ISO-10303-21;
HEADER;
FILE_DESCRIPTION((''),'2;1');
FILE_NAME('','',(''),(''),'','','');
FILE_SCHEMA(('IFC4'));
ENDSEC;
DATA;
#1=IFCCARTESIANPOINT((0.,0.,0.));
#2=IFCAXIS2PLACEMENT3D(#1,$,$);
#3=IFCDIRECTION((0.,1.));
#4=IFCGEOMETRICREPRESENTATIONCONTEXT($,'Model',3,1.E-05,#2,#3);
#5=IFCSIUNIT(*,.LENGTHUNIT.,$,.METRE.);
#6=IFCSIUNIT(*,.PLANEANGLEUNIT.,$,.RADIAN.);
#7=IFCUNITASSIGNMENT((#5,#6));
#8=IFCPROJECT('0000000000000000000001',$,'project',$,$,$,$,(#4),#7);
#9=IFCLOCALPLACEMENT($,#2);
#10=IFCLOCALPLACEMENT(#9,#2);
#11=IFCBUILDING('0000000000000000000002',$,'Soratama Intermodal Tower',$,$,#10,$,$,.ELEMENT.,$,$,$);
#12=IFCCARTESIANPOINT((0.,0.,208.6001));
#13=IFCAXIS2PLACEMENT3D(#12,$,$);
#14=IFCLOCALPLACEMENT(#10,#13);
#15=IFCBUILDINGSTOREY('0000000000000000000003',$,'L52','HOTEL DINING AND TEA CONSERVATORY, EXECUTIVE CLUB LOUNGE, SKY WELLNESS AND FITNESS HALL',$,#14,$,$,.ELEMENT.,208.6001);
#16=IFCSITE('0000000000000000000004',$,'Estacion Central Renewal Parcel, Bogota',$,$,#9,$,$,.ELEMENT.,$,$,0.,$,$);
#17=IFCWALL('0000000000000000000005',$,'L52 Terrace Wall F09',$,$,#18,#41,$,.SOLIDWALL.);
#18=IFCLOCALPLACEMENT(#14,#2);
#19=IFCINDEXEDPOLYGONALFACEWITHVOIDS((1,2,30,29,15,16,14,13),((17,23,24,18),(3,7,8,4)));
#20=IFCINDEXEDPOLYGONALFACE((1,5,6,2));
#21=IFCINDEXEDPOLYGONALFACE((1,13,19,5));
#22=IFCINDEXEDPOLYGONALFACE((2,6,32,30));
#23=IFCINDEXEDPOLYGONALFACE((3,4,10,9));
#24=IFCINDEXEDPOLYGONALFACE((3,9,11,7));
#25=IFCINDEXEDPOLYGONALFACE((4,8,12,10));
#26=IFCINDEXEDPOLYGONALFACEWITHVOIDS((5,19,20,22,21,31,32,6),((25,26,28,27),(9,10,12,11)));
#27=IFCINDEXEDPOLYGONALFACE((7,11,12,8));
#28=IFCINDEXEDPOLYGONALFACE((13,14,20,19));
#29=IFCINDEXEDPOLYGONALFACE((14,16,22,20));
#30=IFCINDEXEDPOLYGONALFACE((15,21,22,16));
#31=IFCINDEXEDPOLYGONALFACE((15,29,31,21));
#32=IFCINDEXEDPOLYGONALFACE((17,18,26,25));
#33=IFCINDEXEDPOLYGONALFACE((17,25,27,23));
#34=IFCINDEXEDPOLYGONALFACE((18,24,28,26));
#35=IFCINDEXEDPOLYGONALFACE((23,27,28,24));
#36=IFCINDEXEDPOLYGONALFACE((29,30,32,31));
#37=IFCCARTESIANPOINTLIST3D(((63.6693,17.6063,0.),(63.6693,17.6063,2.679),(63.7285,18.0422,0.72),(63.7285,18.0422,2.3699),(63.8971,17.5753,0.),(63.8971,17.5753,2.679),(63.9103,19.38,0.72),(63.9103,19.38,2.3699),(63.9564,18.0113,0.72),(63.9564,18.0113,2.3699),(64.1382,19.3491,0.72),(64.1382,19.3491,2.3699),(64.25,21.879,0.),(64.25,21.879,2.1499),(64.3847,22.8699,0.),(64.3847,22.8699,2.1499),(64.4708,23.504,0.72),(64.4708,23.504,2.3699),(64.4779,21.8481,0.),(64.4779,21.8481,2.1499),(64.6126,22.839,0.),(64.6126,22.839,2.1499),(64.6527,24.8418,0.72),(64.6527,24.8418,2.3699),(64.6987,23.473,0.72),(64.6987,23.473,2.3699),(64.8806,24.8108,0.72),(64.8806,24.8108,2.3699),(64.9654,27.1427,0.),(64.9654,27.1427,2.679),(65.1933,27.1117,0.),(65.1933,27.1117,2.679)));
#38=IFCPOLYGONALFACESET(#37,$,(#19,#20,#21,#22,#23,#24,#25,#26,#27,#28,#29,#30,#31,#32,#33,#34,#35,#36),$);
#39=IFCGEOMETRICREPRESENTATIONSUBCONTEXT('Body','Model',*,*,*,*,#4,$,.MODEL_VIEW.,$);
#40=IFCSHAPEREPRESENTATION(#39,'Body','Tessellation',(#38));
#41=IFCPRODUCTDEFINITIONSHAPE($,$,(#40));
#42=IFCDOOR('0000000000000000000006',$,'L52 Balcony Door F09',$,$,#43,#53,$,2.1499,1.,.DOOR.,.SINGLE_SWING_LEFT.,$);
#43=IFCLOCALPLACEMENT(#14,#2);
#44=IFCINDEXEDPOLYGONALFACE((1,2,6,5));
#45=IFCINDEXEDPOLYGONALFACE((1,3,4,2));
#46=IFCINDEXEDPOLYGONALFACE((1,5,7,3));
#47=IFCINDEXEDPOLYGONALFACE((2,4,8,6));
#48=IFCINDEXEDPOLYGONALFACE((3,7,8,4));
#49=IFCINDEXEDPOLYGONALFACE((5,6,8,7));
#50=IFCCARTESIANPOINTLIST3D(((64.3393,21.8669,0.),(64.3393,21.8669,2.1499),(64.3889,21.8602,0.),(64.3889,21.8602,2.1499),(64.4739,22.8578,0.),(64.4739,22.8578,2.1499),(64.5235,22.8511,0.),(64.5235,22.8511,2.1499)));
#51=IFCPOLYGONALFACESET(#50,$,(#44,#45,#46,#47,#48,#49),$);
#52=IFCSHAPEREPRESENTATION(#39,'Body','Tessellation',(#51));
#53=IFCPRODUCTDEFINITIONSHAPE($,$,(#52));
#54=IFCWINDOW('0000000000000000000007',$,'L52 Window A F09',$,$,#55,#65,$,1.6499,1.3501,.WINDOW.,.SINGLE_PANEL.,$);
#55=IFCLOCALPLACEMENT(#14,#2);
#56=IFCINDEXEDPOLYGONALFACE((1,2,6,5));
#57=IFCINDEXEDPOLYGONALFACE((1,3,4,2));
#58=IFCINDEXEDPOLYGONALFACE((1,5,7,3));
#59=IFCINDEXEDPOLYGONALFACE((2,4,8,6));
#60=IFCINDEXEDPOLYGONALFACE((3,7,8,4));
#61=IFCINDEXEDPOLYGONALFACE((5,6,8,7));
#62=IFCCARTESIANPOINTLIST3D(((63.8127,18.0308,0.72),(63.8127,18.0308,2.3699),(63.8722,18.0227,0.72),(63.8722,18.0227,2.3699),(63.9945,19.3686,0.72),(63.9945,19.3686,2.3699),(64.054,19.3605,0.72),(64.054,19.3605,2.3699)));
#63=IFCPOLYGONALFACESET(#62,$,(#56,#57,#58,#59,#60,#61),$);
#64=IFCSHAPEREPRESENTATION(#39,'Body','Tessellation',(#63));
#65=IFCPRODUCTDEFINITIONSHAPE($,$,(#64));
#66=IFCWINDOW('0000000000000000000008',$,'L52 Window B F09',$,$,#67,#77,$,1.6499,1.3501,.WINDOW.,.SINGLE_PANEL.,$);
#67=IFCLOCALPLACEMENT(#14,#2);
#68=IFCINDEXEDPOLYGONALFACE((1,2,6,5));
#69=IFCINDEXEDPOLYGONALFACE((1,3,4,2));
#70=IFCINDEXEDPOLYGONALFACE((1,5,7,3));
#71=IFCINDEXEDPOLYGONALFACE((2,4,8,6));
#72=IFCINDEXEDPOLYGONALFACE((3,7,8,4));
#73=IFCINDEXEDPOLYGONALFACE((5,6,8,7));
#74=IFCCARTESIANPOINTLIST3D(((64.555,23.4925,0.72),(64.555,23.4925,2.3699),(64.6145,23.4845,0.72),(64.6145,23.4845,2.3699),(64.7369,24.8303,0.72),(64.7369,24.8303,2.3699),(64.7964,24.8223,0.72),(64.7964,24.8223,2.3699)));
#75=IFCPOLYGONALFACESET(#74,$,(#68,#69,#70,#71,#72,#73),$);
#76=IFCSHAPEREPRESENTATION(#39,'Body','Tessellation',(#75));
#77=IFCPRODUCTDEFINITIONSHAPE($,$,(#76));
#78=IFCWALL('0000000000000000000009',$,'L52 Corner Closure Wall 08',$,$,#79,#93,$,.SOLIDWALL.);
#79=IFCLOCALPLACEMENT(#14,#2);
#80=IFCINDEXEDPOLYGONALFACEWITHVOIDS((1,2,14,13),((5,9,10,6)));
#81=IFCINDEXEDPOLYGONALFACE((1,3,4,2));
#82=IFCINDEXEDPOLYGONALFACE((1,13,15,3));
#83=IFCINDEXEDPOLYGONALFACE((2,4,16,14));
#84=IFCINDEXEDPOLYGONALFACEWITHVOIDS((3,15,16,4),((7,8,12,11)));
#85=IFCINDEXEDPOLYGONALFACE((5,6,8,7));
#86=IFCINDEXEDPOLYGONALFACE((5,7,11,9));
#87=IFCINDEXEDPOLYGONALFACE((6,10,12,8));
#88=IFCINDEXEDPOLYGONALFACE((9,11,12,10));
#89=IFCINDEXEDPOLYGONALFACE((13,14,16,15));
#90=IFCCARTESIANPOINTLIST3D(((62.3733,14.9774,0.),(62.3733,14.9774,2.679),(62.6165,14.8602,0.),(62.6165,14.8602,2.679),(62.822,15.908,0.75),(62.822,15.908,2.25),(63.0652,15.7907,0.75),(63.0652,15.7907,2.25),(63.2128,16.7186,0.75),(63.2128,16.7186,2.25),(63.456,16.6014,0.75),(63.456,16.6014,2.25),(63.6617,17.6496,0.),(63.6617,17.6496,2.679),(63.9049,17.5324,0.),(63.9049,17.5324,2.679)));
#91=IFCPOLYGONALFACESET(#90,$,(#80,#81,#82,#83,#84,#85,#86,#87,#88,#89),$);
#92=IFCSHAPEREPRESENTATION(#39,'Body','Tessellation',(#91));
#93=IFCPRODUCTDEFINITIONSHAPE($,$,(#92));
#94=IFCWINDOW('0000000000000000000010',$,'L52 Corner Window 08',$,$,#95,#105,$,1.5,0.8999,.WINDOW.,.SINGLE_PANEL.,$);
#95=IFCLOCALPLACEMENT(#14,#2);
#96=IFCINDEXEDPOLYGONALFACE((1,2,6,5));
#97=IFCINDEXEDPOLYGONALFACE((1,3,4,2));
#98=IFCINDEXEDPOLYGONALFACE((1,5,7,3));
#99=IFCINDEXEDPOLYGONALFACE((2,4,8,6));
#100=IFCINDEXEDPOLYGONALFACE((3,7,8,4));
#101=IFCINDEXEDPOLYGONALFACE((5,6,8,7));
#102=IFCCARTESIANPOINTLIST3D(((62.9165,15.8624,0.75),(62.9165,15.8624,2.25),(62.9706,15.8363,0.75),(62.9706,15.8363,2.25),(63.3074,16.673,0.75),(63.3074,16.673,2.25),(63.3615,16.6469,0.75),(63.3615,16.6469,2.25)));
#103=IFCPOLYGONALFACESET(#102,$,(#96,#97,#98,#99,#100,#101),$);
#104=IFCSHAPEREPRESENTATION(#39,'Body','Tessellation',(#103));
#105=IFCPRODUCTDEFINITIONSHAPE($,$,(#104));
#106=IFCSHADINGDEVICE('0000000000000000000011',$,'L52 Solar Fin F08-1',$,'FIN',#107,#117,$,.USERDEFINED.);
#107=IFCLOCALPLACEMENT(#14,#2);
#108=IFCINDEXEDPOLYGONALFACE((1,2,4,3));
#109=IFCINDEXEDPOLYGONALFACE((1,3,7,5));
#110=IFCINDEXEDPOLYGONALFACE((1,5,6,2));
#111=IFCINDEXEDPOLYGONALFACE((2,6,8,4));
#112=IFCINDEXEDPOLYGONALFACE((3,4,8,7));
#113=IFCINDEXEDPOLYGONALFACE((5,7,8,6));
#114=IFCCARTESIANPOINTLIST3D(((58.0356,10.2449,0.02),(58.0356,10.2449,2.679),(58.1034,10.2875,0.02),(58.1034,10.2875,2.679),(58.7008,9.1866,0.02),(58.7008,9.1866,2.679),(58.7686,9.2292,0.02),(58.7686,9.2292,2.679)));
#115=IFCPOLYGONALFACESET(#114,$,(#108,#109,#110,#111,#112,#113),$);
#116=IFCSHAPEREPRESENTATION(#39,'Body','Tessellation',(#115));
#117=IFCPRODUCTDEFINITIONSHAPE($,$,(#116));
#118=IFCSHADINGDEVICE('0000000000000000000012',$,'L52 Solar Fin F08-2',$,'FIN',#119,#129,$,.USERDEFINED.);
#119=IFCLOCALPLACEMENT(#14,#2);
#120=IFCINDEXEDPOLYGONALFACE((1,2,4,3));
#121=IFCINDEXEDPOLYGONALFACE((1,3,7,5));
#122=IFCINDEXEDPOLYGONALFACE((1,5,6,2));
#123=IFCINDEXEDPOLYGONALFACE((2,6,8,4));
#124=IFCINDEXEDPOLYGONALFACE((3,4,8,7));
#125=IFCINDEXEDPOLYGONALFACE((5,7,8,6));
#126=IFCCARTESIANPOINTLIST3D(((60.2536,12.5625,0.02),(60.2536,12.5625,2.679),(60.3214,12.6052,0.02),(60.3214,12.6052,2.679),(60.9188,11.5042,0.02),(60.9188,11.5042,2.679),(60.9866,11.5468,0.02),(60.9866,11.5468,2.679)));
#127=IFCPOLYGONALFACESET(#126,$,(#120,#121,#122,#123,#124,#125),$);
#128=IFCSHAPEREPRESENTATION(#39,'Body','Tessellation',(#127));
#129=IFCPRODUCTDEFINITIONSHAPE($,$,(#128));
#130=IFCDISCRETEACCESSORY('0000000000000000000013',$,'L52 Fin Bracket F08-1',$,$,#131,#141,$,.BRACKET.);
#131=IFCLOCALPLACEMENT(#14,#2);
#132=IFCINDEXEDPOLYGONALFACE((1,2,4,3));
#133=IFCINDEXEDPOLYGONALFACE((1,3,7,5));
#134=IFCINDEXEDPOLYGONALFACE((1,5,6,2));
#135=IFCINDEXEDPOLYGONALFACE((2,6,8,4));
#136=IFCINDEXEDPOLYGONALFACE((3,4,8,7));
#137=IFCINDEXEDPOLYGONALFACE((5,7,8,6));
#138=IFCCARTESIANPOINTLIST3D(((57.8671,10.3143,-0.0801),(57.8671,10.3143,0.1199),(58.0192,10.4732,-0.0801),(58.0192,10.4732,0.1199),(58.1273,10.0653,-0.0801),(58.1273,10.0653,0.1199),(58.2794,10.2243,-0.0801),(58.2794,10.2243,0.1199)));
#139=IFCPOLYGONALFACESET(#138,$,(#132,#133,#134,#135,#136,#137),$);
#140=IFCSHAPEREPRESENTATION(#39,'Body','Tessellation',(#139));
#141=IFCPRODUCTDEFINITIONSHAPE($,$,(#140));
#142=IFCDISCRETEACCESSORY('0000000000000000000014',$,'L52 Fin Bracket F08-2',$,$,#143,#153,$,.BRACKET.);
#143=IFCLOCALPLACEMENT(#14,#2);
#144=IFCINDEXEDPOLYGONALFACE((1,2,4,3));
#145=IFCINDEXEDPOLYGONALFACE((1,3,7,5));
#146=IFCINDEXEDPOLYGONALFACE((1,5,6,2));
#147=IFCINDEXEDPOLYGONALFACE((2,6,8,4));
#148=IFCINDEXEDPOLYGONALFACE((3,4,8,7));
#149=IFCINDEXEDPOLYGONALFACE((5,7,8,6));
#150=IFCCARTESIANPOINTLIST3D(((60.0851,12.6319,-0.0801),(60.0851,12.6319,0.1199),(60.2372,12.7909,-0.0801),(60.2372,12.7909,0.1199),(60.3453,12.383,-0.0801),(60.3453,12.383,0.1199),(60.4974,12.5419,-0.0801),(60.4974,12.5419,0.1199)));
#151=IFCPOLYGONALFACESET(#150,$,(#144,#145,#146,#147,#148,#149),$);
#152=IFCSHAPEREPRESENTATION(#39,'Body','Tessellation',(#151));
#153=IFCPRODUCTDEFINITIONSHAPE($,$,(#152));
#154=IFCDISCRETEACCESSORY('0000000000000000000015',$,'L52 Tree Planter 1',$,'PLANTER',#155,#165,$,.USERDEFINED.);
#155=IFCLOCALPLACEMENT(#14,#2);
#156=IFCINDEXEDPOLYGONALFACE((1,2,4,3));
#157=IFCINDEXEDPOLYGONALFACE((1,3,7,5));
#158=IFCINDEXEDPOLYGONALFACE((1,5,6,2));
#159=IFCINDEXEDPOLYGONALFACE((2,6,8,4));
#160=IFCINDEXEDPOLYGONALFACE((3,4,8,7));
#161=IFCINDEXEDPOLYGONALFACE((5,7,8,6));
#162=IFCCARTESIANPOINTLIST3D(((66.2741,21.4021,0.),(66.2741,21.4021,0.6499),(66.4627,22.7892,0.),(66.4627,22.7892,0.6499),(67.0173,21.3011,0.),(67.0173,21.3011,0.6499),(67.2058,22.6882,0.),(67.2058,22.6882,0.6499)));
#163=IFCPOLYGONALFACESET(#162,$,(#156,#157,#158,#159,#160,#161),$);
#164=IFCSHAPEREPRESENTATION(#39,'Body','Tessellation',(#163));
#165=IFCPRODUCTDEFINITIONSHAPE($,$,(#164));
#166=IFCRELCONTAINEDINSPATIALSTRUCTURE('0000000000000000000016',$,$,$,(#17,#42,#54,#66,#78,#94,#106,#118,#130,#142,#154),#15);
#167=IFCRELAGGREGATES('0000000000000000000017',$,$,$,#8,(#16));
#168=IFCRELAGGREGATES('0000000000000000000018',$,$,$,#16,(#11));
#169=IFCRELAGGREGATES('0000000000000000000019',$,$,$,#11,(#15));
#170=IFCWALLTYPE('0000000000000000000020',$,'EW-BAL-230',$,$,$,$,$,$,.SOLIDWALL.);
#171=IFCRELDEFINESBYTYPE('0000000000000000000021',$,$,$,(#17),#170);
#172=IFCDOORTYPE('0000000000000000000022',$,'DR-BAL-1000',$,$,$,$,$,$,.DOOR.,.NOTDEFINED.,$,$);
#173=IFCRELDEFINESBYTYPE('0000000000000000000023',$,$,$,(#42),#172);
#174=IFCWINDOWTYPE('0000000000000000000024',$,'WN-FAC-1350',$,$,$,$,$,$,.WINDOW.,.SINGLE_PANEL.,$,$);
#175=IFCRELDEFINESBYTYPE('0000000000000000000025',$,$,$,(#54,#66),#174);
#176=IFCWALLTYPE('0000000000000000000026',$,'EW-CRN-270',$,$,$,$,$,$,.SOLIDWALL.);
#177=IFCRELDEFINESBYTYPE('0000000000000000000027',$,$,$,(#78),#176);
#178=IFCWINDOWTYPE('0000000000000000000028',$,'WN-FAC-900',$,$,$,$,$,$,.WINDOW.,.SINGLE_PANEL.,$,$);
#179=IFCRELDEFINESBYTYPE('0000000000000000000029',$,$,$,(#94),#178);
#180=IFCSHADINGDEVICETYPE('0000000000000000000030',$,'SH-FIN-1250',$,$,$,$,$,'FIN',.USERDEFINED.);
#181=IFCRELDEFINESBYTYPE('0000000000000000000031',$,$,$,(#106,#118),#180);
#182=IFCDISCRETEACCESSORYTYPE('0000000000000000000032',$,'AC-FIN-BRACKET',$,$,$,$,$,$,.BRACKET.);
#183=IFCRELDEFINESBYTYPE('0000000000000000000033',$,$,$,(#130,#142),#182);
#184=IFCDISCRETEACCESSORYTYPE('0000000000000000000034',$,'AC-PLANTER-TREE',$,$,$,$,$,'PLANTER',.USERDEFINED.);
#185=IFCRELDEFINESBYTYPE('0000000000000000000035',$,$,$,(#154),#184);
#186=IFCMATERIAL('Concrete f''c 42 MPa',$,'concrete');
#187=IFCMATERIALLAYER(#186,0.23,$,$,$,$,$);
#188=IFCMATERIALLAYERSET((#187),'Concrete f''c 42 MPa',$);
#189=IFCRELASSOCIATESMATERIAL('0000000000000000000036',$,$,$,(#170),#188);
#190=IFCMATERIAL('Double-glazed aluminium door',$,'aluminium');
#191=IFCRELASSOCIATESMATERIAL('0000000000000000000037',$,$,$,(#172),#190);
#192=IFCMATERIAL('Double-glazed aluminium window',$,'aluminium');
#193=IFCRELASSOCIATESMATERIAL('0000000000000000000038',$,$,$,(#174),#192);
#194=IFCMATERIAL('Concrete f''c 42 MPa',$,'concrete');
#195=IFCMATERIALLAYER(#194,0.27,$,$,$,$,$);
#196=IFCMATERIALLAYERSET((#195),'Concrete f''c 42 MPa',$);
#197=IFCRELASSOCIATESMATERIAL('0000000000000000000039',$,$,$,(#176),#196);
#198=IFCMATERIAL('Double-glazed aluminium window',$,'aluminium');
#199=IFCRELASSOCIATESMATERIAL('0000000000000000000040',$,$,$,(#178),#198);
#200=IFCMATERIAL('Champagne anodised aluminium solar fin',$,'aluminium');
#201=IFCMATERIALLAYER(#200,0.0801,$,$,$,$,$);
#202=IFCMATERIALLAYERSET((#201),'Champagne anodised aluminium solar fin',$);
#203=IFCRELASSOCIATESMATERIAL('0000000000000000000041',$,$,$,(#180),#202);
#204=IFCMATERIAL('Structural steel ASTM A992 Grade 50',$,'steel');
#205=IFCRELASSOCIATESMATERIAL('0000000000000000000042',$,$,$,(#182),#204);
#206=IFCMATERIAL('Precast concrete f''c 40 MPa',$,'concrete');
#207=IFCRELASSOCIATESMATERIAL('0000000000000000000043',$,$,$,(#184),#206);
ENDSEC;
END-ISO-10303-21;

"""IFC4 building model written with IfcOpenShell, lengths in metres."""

from ifc_helpers import new_model, si_unit, direction, frame, frame_2d, origin, origin_2d, place, context, subcontext, project, spatial, rectangle, extrude, material, layer, layer_set, type_object, element, fill, save


model = new_model("IFC4")

# Units and contexts
model_context = context("Model", 3, precision=1e-05, world=origin(), true_north=direction((0.0, 1.0)))
body_context = subcontext(model_context, "Body", "Model", "MODEL_VIEW")
ifc_project = project(units=[si_unit("LENGTHUNIT", "METRE"), si_unit("PLANEANGLEUNIT", "RADIAN")], contexts=[model_context])

# Site, building, storey
site_placement = place(None, origin())
site = spatial("IfcSite", under=ifc_project, at=site_placement, Name="Estacion Central Renewal Parcel, Bogota", CompositionType="ELEMENT", RefElevation=0.0)
building_placement = place(site_placement, origin())
building = spatial("IfcBuilding", under=site, at=building_placement, Name="Soratama Intermodal Tower", CompositionType="ELEMENT")
storey_placement = place(building_placement, frame((0.0, 0.0, 208.6001)))
storey = spatial("IfcBuildingStorey", under=building, at=storey_placement, Name="L52", Description="HOTEL DINING AND TEA CONSERVATORY, EXECUTIVE CLUB LOUNGE, SKY WELLNESS AND FITNESS HALL", CompositionType="ELEMENT", Elevation=208.6001)

# Wall, openings, door, windows
ifc_material_1 = material(Name="Concrete f'c 42 MPa", Category="concrete")
ifc_layer_1 = layer(ifc_material_1, 0.23)
ifc_layer_set_1 = layer_set([ifc_layer_1], Name="Concrete f'c 42 MPa")
wall_type_1 = type_object("IfcWallType", Name="EW-BAL-230", PredefinedType="SOLIDWALL", material=ifc_layer_set_1)
wall_1_placement = place(storey_placement, frame((63.7832, 17.5908, 0.0), z_axis=(0.0, 0.0, 1.0), x_axis=(0.134677, 0.99089, 0.0)))
wall_1 = element("IfcWall", 1, at=wall_1_placement, inside=storey, type_object=wall_type_1, Name="L52 Terrace Wall F09", PredefinedType="SOLIDWALL", context=body_context, shape_type="SweptSolid", body=[
    extrude(rectangle(XDim=9.624, YDim=0.23, at=frame_2d((4.812, 0.0))), origin(), (0.0, 0.0, 1.0), 2.679),
])
opening_1_placement = place(wall_1_placement, frame((4.312, 0.0, 0.0)))
opening_1 = element("IfcOpeningElement", 2, at=opening_1_placement, cuts=wall_1, PredefinedType="OPENING", context=body_context, shape_type="SweptSolid", body=[
    extrude(rectangle(XDim=1.0, YDim=2.1499, at=frame_2d((0.5, 1.075))), frame((0.0, 0.125, 0.0), z_axis=(0.0, -1.0, 0.0), x_axis=(1.0, 0.0, 0.0)), (0.0, 0.0, 1.0), 0.25),
])
opening_2_placement = place(wall_1_placement, frame((0.4399, 0.0, 0.72)))
opening_2 = element("IfcOpeningElement", 3, at=opening_2_placement, cuts=wall_1, PredefinedType="OPENING", context=body_context, shape_type="SweptSolid", body=[
    extrude(rectangle(XDim=1.3501, YDim=1.6499, at=frame_2d((0.675, 0.825))), frame((0.0, 0.125, 0.0), z_axis=(0.0, -1.0, 0.0), x_axis=(1.0, 0.0, 0.0)), (0.0, 0.0, 1.0), 0.25),
])
opening_3_placement = place(wall_1_placement, frame((5.9519, 0.0, 0.72)))
opening_3 = element("IfcOpeningElement", 4, at=opening_3_placement, cuts=wall_1, PredefinedType="OPENING", context=body_context, shape_type="SweptSolid", body=[
    extrude(rectangle(XDim=1.3501, YDim=1.6499, at=frame_2d((0.675, 0.825))), frame((0.0, 0.125, 0.0), z_axis=(0.0, -1.0, 0.0), x_axis=(1.0, 0.0, 0.0)), (0.0, 0.0, 1.0), 0.25),
])
ifc_material_2 = material(Name="Double-glazed aluminium door", Category="aluminium")
door_type = type_object("IfcDoorType", Name="DR-BAL-1000", OperationType="NOTDEFINED", PredefinedType="DOOR", material=ifc_material_2)
door_placement = place(opening_1_placement, origin())
door = element("IfcDoor", 5, at=door_placement, inside=storey, type_object=door_type, Name="L52 Balcony Door F09", OperationType="SINGLE_SWING_LEFT", OverallHeight=2.1499, OverallWidth=1.0, PredefinedType="DOOR", context=body_context, shape_type="SweptSolid", body=[
    extrude(rectangle(XDim=1.0, YDim=2.1499, at=frame_2d((0.5, 1.075))), frame((0.0, 0.0249, 0.0), z_axis=(0.0, -1.0, 0.0), x_axis=(1.0, 0.0, 0.0)), (0.0, 0.0, 1.0), 0.05),
])
fill(opening_1, door)
ifc_material_3 = material(Name="Double-glazed aluminium window", Category="aluminium")
window_type_1 = type_object("IfcWindowType", Name="WN-FAC-1350", PartitioningType="SINGLE_PANEL", PredefinedType="WINDOW", material=ifc_material_3)
window_1_placement = place(opening_2_placement, origin())
window_1 = element("IfcWindow", 6, at=window_1_placement, inside=storey, type_object=window_type_1, Name="L52 Window A F09", OverallHeight=1.6499, OverallWidth=1.3501, PartitioningType="SINGLE_PANEL", PredefinedType="WINDOW", context=body_context, shape_type="SweptSolid", body=[
    extrude(rectangle(XDim=1.3501, YDim=1.6499, at=frame_2d((0.675, 0.825))), frame((0.0, 0.03, 0.0), z_axis=(0.0, -1.0, 0.0), x_axis=(1.0, 0.0, 0.0)), (0.0, 0.0, 1.0), 0.0601),
])
fill(opening_2, window_1)
window_2_placement = place(opening_3_placement, origin())
window_2 = element("IfcWindow", 7, at=window_2_placement, inside=storey, type_object=window_type_1, Name="L52 Window B F09", OverallHeight=1.6499, OverallWidth=1.3501, PartitioningType="SINGLE_PANEL", PredefinedType="WINDOW", context=body_context, shape_type="SweptSolid", body=[
    extrude(rectangle(XDim=1.3501, YDim=1.6499, at=frame_2d((0.675, 0.825))), frame((0.0, 0.03, 0.0), z_axis=(0.0, -1.0, 0.0), x_axis=(1.0, 0.0, 0.0)), (0.0, 0.0, 1.0), 0.0601),
])
fill(opening_3, window_2)

# Wall, opening, window
ifc_material_4 = material(Name="Concrete f'c 42 MPa", Category="concrete")
ifc_layer_2 = layer(ifc_material_4, 0.27)
ifc_layer_set_2 = layer_set([ifc_layer_2], Name="Concrete f'c 42 MPa")
wall_type_2 = type_object("IfcWallType", Name="EW-CRN-270", PredefinedType="SOLIDWALL", material=ifc_layer_set_2)
wall_2_placement = place(storey_placement, frame((62.4949, 14.9187, 0.0), z_axis=(0.0, 0.0, 1.0), x_axis=(0.434296, 0.90077, 0.0)))
wall_2 = element("IfcWall", 8, at=wall_2_placement, inside=storey, type_object=wall_type_2, Name="L52 Corner Closure Wall 08", PredefinedType="SOLIDWALL", context=body_context, shape_type="SweptSolid", body=[
    extrude(rectangle(XDim=2.9666, YDim=0.27, at=frame_2d((1.4834, 0.0))), origin(), (0.0, 0.0, 1.0), 2.679),
])
opening_4_placement = place(wall_2_placement, frame((1.0332, 0.0, 0.75)))
opening_4 = element("IfcOpeningElement", 9, at=opening_4_placement, cuts=wall_2, PredefinedType="OPENING", context=body_context, shape_type="SweptSolid", body=[
    extrude(rectangle(XDim=0.8999, YDim=1.5, at=frame_2d((0.45, 0.75))), frame((0.0, 0.145, 0.0), z_axis=(0.0, -1.0, 0.0), x_axis=(1.0, 0.0, 0.0)), (0.0, 0.0, 1.0), 0.29),
])
ifc_material_5 = material(Name="Double-glazed aluminium window", Category="aluminium")
window_type_2 = type_object("IfcWindowType", Name="WN-FAC-900", PartitioningType="SINGLE_PANEL", PredefinedType="WINDOW", material=ifc_material_5)
window_3_placement = place(opening_4_placement, origin())
window_3 = element("IfcWindow", 10, at=window_3_placement, inside=storey, type_object=window_type_2, Name="L52 Corner Window 08", OverallHeight=1.5, OverallWidth=0.8999, PartitioningType="SINGLE_PANEL", PredefinedType="WINDOW", context=body_context, shape_type="SweptSolid", body=[
    extrude(rectangle(XDim=0.8999, YDim=1.5, at=frame_2d((0.45, 0.75))), frame((0.0, 0.03, 0.0), z_axis=(0.0, -1.0, 0.0), x_axis=(1.0, 0.0, 0.0)), (0.0, 0.0, 1.0), 0.0601),
])
fill(opening_4, window_3)

# Shading devices
ifc_material_6 = material(Name="Champagne anodised aluminium solar fin", Category="aluminium")
ifc_layer_3 = layer(ifc_material_6, 0.0801)
ifc_layer_set_3 = layer_set([ifc_layer_3], Name="Champagne anodised aluminium solar fin")
shading_device_type = type_object("IfcShadingDeviceType", Name="SH-FIN-1250", ElementType="FIN", PredefinedType="USERDEFINED", material=ifc_layer_set_3)
for number, where, z_axis, x_axis, name in (
    (11, (58.4021, 9.7371, 0.02), (0.0, 0.0, 1.0), (0.532138, -0.846658, 0.0), "L52 Solar Fin F08-1"),
    (12, (60.6201, 12.0547, 0.02), (0.0, 0.0, 1.0), (0.532138, -0.846658, 0.0), "L52 Solar Fin F08-2"),
):
    element("IfcShadingDevice", number, at=place(storey_placement, frame(where, z_axis=z_axis, x_axis=x_axis)), inside=storey, type_object=shading_device_type, Name=name, ObjectType="FIN", PredefinedType="USERDEFINED", context=body_context, shape_type="SweptSolid", body=[
        extrude(rectangle(XDim=1.25, YDim=0.0801, at=origin_2d()), origin(), (0.0, 0.0, 1.0), 2.6589),
    ])

# Discrete accessories
ifc_material_7 = material(Name="Structural steel ASTM A992 Grade 50", Category="steel")
discrete_accessory_type_1 = type_object("IfcDiscreteAccessoryType", Name="AC-FIN-BRACKET", PredefinedType="BRACKET", material=ifc_material_7)
for number, where, z_axis, x_axis, name in (
    (13, (58.0732, 10.2693, -0.0801), (0.0, 0.0, 1.0), (0.722485, -0.691387, 0.0), "L52 Fin Bracket F08-1"),
    (14, (60.2913, 12.5869, -0.0801), (0.0, 0.0, 1.0), (0.722485, -0.691387, 0.0), "L52 Fin Bracket F08-2"),
):
    element("IfcDiscreteAccessory", number, at=place(storey_placement, frame(where, z_axis=z_axis, x_axis=x_axis)), inside=storey, type_object=discrete_accessory_type_1, Name=name, PredefinedType="BRACKET", context=body_context, shape_type="SweptSolid", body=[
        extrude(rectangle(XDim=0.3601, YDim=0.22, at=origin_2d()), origin(), (0.0, 0.0, 1.0), 0.2),
    ])
ifc_material_8 = material(Name="Precast concrete f'c 40 MPa", Category="concrete")
discrete_accessory_type_2 = type_object("IfcDiscreteAccessoryType", Name="AC-PLANTER-TREE", ElementType="PLANTER", PredefinedType="USERDEFINED", material=ifc_material_8)
discrete_accessory_placement = place(storey_placement, frame((66.74, 22.0452, 0.0), z_axis=(0.0, 0.0, 1.0), x_axis=(0.990889, -0.134678, 0.0)))
element("IfcDiscreteAccessory", 15, at=discrete_accessory_placement, inside=storey, type_object=discrete_accessory_type_2, Name="L52 Tree Planter 1", ObjectType="PLANTER", PredefinedType="USERDEFINED", context=body_context, shape_type="SweptSolid", body=[
    extrude(rectangle(XDim=0.75, YDim=1.3999, at=origin_2d()), origin(), (0.0, 0.0, 1.0), 0.6499),
])

save(model, "model.ifc")
